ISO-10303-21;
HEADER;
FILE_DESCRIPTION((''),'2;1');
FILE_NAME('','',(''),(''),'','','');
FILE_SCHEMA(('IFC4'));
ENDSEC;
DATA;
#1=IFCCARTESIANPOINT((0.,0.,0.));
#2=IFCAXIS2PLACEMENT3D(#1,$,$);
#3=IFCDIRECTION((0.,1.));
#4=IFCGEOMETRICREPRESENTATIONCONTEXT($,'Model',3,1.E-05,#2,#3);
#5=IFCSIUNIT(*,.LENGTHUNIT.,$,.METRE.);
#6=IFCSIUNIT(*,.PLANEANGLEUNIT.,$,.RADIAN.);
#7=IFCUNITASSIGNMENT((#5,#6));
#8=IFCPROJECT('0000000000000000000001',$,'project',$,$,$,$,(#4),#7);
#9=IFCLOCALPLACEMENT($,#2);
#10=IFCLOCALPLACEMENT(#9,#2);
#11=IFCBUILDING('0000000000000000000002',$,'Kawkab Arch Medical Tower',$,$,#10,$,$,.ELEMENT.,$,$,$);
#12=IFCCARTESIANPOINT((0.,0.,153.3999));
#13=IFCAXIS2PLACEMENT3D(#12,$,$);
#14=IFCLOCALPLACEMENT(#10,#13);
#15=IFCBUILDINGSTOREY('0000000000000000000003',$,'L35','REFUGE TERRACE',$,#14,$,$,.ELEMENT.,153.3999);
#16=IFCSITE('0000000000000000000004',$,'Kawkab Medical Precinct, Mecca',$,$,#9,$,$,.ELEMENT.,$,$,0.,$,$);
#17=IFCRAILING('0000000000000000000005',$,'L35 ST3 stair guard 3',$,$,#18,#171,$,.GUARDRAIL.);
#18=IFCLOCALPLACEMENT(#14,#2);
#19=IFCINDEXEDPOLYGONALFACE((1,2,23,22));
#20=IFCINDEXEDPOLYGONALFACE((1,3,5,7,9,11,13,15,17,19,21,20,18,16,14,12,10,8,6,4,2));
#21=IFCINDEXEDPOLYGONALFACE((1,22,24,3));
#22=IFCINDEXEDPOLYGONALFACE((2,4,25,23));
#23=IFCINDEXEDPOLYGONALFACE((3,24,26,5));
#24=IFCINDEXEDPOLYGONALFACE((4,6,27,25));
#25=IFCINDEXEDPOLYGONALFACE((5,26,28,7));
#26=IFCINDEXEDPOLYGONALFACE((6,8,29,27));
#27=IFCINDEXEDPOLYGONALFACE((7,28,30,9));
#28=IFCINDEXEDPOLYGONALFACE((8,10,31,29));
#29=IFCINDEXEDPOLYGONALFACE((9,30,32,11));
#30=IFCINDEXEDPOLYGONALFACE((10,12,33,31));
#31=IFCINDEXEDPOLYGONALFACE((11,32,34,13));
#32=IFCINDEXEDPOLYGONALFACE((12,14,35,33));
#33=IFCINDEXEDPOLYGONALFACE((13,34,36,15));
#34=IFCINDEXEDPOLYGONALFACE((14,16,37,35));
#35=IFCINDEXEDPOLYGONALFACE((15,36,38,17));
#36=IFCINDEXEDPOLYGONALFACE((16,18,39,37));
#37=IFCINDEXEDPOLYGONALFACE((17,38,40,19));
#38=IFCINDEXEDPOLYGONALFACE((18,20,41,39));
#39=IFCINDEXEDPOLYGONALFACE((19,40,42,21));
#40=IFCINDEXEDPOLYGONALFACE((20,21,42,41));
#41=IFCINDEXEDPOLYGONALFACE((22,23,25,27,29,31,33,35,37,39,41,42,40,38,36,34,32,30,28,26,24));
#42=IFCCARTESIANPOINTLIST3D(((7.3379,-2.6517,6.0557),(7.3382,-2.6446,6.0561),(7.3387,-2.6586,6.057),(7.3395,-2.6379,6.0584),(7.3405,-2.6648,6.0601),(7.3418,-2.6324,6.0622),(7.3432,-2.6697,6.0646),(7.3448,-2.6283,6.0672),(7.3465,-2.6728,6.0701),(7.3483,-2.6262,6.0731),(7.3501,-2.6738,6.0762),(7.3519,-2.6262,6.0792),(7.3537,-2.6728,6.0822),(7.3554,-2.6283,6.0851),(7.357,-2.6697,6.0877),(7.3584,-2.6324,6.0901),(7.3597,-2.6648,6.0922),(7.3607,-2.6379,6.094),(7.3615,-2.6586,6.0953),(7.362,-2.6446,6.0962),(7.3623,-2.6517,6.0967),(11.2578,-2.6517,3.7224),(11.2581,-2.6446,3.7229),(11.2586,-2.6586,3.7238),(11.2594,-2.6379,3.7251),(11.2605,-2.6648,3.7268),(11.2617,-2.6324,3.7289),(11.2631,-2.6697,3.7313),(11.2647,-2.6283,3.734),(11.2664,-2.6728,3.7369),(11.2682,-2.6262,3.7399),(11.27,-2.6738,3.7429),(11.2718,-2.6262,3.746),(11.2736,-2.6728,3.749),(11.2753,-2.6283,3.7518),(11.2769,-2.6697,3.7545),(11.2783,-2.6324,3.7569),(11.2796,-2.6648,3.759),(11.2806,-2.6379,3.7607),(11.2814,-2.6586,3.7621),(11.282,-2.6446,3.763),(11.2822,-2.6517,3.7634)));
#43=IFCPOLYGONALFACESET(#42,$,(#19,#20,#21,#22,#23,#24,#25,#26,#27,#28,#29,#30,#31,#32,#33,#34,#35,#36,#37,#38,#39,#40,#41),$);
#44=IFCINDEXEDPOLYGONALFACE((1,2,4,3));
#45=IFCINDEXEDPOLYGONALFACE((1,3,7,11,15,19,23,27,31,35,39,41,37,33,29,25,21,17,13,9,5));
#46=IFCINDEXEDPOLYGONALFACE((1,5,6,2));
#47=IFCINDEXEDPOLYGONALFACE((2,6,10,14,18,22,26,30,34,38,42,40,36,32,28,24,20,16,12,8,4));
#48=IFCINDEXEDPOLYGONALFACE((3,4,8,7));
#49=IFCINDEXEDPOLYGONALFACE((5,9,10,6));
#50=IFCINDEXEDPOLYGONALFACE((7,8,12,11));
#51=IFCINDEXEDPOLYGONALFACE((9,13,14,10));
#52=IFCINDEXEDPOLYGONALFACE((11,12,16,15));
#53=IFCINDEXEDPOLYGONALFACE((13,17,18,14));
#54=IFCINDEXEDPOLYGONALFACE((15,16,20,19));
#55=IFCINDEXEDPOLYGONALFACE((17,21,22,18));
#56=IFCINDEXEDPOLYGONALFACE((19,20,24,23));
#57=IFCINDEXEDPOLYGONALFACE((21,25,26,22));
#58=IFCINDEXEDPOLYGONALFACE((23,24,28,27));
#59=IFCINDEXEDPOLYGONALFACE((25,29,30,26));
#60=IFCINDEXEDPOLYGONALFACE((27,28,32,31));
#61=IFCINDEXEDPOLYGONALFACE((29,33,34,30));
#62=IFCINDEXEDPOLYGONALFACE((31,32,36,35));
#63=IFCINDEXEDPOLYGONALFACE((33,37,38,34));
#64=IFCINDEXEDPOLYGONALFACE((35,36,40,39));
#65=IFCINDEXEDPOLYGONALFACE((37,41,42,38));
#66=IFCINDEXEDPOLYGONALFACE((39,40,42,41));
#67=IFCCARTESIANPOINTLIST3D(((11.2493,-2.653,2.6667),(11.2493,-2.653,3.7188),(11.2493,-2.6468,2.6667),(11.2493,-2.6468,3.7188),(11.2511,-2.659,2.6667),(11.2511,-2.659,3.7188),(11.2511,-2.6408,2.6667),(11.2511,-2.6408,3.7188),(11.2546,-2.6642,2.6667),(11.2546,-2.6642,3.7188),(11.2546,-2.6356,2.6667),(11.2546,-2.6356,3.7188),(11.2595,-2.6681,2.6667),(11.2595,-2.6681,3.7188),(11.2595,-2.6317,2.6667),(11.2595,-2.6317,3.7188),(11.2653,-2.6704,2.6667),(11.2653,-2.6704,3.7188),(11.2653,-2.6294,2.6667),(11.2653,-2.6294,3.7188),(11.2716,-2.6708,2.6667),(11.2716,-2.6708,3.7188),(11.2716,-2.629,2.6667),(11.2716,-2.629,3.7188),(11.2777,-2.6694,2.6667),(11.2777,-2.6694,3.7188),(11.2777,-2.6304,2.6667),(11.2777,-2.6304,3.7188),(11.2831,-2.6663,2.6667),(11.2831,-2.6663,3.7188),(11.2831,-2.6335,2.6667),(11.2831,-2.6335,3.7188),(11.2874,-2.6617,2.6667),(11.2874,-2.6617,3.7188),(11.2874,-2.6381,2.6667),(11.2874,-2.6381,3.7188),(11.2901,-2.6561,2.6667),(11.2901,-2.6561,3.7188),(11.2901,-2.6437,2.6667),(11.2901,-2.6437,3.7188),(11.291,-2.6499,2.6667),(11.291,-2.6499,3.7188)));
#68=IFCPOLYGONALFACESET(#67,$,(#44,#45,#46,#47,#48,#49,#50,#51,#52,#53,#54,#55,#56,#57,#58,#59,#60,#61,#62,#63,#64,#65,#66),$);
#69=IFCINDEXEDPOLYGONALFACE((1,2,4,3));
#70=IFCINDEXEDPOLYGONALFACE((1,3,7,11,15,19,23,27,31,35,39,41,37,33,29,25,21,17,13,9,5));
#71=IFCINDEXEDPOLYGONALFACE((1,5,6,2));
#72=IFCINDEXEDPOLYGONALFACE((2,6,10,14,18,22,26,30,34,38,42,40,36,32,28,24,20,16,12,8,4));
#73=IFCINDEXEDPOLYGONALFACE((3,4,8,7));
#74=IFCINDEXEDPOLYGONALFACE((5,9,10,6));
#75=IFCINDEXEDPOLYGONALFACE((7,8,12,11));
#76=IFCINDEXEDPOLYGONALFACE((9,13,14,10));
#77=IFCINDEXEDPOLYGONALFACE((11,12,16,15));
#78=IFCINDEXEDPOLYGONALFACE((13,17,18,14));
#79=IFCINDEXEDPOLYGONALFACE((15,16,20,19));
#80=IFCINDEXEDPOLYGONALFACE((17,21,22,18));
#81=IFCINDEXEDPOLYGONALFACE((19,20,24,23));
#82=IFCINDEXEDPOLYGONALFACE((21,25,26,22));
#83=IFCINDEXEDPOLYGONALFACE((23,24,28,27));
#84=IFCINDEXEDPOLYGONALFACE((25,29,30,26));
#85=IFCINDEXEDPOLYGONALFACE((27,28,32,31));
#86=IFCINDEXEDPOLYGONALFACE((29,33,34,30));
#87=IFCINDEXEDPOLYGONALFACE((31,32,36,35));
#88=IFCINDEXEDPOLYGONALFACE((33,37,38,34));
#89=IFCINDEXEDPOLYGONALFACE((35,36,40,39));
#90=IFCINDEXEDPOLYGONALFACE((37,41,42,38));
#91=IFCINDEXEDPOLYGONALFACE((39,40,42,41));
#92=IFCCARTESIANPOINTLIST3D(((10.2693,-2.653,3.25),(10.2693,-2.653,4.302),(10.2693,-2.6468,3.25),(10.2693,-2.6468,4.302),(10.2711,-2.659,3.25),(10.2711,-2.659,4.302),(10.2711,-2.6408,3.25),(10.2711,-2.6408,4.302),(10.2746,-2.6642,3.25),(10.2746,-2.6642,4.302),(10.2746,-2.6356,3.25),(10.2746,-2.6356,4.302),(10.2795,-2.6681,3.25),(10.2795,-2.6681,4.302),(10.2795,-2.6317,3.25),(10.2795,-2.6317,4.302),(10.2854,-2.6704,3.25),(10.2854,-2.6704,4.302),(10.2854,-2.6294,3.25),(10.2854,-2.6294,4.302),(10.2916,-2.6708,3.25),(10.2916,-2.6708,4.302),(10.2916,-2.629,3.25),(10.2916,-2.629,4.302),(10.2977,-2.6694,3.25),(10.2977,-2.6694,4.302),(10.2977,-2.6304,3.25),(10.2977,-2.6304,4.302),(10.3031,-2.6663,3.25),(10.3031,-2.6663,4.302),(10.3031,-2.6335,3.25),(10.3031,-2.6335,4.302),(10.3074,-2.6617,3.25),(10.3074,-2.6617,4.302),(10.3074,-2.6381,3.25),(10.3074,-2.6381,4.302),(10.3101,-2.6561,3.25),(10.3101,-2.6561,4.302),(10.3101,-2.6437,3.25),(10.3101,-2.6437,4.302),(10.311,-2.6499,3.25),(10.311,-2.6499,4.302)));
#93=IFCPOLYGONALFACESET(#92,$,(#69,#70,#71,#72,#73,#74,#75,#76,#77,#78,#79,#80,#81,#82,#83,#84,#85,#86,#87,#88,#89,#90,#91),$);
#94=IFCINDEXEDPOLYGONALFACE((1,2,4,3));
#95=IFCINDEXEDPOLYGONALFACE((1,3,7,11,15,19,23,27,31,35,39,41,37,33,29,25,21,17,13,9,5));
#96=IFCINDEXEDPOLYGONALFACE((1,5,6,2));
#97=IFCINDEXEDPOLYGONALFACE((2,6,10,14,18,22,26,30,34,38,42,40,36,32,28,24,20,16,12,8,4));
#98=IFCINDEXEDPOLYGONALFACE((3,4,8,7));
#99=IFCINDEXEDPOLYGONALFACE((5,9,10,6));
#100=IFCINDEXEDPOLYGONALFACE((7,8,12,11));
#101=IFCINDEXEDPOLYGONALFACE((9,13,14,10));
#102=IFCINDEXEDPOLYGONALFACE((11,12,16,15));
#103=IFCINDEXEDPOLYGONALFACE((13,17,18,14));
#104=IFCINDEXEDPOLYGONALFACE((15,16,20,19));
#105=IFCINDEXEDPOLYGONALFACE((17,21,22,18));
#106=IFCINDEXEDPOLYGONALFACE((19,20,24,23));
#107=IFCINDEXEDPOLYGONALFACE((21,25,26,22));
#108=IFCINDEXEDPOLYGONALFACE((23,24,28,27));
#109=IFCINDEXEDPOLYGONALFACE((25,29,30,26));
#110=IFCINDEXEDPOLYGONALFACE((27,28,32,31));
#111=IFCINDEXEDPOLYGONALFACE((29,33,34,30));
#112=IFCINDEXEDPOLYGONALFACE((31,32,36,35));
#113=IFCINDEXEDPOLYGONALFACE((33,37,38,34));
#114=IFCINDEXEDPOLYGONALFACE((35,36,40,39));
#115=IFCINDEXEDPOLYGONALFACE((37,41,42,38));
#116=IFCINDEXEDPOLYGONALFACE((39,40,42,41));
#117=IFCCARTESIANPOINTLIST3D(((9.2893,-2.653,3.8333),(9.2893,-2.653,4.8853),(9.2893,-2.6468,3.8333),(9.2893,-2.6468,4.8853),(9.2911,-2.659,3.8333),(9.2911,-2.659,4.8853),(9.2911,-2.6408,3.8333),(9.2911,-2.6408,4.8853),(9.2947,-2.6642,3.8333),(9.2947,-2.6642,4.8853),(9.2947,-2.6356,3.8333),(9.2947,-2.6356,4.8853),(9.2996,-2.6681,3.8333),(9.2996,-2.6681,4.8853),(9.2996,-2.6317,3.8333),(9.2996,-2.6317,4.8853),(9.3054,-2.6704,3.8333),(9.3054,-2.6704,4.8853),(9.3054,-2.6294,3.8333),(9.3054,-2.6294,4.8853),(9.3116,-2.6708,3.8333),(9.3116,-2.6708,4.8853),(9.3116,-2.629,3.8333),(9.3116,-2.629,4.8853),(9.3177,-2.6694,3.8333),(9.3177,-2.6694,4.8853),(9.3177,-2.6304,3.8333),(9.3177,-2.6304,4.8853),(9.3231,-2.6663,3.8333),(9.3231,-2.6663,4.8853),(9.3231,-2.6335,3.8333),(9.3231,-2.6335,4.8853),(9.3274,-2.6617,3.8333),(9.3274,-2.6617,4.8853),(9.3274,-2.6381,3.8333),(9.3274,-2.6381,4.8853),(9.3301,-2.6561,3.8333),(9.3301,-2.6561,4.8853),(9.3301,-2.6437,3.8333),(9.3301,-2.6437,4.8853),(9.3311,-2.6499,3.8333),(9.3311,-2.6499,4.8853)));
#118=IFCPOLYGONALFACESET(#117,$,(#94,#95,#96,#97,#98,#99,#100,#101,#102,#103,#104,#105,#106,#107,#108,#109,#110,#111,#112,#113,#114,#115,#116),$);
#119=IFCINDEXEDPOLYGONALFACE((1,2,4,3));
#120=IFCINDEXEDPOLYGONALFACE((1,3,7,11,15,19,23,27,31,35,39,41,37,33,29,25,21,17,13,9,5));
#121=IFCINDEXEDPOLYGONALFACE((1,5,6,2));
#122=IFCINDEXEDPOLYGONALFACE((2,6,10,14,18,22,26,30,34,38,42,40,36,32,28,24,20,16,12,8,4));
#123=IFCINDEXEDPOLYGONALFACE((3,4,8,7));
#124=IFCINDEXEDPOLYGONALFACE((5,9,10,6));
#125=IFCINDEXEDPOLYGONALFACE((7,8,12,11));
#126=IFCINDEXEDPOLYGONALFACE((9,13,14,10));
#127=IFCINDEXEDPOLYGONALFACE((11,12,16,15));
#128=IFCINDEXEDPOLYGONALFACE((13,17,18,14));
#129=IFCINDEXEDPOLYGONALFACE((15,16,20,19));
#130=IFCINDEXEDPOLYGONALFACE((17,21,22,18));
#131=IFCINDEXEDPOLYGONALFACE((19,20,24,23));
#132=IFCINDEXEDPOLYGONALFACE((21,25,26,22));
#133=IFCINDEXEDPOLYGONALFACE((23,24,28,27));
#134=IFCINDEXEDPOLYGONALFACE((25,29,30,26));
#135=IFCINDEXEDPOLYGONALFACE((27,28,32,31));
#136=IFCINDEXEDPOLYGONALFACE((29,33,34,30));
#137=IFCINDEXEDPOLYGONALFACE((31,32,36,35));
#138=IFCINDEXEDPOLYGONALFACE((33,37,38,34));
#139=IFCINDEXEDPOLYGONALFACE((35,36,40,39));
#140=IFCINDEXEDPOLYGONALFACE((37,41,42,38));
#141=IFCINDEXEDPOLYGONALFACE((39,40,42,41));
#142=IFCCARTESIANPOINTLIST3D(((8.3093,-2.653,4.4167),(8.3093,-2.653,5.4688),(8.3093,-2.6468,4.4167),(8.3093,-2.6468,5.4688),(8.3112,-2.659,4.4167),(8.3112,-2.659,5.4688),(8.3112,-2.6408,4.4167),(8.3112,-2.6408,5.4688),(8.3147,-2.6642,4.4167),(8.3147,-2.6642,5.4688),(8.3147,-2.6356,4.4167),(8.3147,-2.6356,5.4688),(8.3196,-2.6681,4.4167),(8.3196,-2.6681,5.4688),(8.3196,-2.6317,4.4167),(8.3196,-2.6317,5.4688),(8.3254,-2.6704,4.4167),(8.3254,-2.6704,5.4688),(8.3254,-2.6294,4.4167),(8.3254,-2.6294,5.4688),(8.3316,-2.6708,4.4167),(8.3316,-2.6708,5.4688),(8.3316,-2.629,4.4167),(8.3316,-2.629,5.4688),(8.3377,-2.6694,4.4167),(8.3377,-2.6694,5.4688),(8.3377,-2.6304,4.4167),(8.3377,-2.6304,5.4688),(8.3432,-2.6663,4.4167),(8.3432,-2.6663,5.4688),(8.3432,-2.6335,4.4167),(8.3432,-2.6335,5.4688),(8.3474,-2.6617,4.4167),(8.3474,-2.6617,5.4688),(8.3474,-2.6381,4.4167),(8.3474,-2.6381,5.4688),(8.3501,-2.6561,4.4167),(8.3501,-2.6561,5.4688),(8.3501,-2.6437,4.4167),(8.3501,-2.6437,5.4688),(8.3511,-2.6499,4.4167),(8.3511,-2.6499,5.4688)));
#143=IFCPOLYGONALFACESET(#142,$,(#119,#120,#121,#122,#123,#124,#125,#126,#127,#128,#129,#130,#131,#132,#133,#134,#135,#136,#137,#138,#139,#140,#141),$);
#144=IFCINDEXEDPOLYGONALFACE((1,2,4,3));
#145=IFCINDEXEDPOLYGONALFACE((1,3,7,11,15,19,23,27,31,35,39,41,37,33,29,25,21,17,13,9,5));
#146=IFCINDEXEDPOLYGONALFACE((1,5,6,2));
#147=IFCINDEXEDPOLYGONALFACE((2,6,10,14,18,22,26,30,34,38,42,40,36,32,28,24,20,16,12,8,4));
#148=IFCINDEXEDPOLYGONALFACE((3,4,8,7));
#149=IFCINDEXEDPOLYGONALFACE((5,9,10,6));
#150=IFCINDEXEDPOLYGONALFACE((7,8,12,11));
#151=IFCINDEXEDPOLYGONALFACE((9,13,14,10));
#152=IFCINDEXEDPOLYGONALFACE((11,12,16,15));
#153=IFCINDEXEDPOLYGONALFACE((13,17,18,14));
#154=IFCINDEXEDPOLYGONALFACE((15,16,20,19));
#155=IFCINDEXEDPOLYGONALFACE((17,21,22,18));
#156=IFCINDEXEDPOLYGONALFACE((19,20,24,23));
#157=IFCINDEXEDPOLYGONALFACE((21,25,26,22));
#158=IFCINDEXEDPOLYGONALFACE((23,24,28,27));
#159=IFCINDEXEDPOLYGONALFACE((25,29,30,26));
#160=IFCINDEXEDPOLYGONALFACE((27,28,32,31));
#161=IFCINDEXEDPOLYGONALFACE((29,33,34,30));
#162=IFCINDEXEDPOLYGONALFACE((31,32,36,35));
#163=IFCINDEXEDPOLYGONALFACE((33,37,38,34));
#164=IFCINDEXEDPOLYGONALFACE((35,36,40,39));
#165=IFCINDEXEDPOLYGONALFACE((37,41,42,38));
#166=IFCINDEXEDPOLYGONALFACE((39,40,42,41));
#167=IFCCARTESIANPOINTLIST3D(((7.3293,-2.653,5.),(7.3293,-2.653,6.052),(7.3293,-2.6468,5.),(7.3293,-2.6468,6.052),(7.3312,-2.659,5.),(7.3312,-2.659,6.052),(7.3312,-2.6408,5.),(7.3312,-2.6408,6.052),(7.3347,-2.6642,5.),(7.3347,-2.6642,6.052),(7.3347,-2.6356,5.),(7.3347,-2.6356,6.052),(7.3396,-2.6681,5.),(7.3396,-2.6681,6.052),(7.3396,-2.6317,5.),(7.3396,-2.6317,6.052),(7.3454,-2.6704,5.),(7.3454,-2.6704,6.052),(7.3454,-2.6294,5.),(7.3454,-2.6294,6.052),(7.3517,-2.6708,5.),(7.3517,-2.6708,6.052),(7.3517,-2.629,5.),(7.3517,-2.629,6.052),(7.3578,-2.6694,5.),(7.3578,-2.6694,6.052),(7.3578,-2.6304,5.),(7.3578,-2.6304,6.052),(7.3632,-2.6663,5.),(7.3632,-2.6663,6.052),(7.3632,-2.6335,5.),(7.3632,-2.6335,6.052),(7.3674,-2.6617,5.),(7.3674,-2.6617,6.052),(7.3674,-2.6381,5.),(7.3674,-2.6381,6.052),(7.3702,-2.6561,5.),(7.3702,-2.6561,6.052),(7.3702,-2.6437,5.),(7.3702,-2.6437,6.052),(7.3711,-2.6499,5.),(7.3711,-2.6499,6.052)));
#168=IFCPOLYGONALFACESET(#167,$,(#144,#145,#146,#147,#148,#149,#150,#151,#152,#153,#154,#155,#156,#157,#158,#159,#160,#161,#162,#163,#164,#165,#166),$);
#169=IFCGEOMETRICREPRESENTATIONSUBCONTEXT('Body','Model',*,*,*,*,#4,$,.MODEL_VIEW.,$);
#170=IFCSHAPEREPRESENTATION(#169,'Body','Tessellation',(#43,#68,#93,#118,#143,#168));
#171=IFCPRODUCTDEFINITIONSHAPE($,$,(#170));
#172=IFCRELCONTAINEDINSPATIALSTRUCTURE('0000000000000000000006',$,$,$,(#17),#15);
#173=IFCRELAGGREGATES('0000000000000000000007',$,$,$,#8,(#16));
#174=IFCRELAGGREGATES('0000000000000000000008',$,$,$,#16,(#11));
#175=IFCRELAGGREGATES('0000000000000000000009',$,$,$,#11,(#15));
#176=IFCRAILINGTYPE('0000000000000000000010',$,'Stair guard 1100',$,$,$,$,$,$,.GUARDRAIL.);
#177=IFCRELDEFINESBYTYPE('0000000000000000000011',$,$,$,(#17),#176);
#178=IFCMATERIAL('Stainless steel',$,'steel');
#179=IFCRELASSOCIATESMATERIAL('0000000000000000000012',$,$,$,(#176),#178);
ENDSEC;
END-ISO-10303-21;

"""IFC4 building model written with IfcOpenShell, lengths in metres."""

from ifc_helpers import new_model, si_unit, direction, frame, origin, origin_2d, place, context, subcontext, project, spatial, circle, extrude, material, type_object, element, save


model = new_model("IFC4")

# Units and contexts
model_context = context("Model", 3, precision=1e-05, world=origin(), true_north=direction((0.0, 1.0)))
body_context = subcontext(model_context, "Body", "Model", "MODEL_VIEW")
ifc_project = project(units=[si_unit("LENGTHUNIT", "METRE"), si_unit("PLANEANGLEUNIT", "RADIAN")], contexts=[model_context])

# Site, building, storey
site_placement = place(None, origin())
site = spatial("IfcSite", under=ifc_project, at=site_placement, Name="Kawkab Medical Precinct, Mecca", CompositionType="ELEMENT", RefElevation=0.0)
building_placement = place(site_placement, origin())
building = spatial("IfcBuilding", under=site, at=building_placement, Name="Kawkab Arch Medical Tower", CompositionType="ELEMENT")
storey_placement = place(building_placement, frame((0.0, 0.0, 153.3999)))
storey = spatial("IfcBuildingStorey", under=building, at=storey_placement, Name="L35", Description="REFUGE TERRACE", CompositionType="ELEMENT", Elevation=153.3999)

# Railing
ifc_material_1 = material(Name="Stainless steel", Category="steel")
railing_type = type_object("IfcRailingType", Name="Stair guard 1100", PredefinedType="GUARDRAIL", material=ifc_material_1)
railing_1_placement = place(storey_placement, frame((11.27, -2.6499, 2.6667)))
element("IfcRailing", 1, at=railing_1_placement, inside=storey, type_object=railing_type, Name="L35 ST3 stair guard 3", PredefinedType="GUARDRAIL", context=body_context, shape_type="SweptSolid", body=[
    extrude(circle(Radius=0.0239, at=origin_2d()), frame((0.0, 0.0, 1.0762), z_axis=(-0.859296, 0.0, 0.511478), x_axis=(0.0, -1.0, 0.0)), (0.0, 0.0, 1.0), 4.5618),
    extrude(circle(Radius=0.021, at=origin_2d()), origin(), (0.0, 0.0, 1.0), 1.052),
    extrude(circle(Radius=0.021, at=origin_2d()), frame((-0.98, 0.0, 0.5833)), (0.0, 0.0, 1.0), 1.052),
    extrude(circle(Radius=0.021, at=origin_2d()), frame((-1.96, 0.0, 1.1665)), (0.0, 0.0, 1.0), 1.052),
    extrude(circle(Radius=0.021, at=origin_2d()), frame((-2.9399, 0.0, 1.75)), (0.0, 0.0, 1.0), 1.052),
    extrude(circle(Radius=0.021, at=origin_2d()), frame((-3.9199, 0.0, 2.3333)), (0.0, 0.0, 1.0), 1.052),
])

save(model, "model.ifc")
